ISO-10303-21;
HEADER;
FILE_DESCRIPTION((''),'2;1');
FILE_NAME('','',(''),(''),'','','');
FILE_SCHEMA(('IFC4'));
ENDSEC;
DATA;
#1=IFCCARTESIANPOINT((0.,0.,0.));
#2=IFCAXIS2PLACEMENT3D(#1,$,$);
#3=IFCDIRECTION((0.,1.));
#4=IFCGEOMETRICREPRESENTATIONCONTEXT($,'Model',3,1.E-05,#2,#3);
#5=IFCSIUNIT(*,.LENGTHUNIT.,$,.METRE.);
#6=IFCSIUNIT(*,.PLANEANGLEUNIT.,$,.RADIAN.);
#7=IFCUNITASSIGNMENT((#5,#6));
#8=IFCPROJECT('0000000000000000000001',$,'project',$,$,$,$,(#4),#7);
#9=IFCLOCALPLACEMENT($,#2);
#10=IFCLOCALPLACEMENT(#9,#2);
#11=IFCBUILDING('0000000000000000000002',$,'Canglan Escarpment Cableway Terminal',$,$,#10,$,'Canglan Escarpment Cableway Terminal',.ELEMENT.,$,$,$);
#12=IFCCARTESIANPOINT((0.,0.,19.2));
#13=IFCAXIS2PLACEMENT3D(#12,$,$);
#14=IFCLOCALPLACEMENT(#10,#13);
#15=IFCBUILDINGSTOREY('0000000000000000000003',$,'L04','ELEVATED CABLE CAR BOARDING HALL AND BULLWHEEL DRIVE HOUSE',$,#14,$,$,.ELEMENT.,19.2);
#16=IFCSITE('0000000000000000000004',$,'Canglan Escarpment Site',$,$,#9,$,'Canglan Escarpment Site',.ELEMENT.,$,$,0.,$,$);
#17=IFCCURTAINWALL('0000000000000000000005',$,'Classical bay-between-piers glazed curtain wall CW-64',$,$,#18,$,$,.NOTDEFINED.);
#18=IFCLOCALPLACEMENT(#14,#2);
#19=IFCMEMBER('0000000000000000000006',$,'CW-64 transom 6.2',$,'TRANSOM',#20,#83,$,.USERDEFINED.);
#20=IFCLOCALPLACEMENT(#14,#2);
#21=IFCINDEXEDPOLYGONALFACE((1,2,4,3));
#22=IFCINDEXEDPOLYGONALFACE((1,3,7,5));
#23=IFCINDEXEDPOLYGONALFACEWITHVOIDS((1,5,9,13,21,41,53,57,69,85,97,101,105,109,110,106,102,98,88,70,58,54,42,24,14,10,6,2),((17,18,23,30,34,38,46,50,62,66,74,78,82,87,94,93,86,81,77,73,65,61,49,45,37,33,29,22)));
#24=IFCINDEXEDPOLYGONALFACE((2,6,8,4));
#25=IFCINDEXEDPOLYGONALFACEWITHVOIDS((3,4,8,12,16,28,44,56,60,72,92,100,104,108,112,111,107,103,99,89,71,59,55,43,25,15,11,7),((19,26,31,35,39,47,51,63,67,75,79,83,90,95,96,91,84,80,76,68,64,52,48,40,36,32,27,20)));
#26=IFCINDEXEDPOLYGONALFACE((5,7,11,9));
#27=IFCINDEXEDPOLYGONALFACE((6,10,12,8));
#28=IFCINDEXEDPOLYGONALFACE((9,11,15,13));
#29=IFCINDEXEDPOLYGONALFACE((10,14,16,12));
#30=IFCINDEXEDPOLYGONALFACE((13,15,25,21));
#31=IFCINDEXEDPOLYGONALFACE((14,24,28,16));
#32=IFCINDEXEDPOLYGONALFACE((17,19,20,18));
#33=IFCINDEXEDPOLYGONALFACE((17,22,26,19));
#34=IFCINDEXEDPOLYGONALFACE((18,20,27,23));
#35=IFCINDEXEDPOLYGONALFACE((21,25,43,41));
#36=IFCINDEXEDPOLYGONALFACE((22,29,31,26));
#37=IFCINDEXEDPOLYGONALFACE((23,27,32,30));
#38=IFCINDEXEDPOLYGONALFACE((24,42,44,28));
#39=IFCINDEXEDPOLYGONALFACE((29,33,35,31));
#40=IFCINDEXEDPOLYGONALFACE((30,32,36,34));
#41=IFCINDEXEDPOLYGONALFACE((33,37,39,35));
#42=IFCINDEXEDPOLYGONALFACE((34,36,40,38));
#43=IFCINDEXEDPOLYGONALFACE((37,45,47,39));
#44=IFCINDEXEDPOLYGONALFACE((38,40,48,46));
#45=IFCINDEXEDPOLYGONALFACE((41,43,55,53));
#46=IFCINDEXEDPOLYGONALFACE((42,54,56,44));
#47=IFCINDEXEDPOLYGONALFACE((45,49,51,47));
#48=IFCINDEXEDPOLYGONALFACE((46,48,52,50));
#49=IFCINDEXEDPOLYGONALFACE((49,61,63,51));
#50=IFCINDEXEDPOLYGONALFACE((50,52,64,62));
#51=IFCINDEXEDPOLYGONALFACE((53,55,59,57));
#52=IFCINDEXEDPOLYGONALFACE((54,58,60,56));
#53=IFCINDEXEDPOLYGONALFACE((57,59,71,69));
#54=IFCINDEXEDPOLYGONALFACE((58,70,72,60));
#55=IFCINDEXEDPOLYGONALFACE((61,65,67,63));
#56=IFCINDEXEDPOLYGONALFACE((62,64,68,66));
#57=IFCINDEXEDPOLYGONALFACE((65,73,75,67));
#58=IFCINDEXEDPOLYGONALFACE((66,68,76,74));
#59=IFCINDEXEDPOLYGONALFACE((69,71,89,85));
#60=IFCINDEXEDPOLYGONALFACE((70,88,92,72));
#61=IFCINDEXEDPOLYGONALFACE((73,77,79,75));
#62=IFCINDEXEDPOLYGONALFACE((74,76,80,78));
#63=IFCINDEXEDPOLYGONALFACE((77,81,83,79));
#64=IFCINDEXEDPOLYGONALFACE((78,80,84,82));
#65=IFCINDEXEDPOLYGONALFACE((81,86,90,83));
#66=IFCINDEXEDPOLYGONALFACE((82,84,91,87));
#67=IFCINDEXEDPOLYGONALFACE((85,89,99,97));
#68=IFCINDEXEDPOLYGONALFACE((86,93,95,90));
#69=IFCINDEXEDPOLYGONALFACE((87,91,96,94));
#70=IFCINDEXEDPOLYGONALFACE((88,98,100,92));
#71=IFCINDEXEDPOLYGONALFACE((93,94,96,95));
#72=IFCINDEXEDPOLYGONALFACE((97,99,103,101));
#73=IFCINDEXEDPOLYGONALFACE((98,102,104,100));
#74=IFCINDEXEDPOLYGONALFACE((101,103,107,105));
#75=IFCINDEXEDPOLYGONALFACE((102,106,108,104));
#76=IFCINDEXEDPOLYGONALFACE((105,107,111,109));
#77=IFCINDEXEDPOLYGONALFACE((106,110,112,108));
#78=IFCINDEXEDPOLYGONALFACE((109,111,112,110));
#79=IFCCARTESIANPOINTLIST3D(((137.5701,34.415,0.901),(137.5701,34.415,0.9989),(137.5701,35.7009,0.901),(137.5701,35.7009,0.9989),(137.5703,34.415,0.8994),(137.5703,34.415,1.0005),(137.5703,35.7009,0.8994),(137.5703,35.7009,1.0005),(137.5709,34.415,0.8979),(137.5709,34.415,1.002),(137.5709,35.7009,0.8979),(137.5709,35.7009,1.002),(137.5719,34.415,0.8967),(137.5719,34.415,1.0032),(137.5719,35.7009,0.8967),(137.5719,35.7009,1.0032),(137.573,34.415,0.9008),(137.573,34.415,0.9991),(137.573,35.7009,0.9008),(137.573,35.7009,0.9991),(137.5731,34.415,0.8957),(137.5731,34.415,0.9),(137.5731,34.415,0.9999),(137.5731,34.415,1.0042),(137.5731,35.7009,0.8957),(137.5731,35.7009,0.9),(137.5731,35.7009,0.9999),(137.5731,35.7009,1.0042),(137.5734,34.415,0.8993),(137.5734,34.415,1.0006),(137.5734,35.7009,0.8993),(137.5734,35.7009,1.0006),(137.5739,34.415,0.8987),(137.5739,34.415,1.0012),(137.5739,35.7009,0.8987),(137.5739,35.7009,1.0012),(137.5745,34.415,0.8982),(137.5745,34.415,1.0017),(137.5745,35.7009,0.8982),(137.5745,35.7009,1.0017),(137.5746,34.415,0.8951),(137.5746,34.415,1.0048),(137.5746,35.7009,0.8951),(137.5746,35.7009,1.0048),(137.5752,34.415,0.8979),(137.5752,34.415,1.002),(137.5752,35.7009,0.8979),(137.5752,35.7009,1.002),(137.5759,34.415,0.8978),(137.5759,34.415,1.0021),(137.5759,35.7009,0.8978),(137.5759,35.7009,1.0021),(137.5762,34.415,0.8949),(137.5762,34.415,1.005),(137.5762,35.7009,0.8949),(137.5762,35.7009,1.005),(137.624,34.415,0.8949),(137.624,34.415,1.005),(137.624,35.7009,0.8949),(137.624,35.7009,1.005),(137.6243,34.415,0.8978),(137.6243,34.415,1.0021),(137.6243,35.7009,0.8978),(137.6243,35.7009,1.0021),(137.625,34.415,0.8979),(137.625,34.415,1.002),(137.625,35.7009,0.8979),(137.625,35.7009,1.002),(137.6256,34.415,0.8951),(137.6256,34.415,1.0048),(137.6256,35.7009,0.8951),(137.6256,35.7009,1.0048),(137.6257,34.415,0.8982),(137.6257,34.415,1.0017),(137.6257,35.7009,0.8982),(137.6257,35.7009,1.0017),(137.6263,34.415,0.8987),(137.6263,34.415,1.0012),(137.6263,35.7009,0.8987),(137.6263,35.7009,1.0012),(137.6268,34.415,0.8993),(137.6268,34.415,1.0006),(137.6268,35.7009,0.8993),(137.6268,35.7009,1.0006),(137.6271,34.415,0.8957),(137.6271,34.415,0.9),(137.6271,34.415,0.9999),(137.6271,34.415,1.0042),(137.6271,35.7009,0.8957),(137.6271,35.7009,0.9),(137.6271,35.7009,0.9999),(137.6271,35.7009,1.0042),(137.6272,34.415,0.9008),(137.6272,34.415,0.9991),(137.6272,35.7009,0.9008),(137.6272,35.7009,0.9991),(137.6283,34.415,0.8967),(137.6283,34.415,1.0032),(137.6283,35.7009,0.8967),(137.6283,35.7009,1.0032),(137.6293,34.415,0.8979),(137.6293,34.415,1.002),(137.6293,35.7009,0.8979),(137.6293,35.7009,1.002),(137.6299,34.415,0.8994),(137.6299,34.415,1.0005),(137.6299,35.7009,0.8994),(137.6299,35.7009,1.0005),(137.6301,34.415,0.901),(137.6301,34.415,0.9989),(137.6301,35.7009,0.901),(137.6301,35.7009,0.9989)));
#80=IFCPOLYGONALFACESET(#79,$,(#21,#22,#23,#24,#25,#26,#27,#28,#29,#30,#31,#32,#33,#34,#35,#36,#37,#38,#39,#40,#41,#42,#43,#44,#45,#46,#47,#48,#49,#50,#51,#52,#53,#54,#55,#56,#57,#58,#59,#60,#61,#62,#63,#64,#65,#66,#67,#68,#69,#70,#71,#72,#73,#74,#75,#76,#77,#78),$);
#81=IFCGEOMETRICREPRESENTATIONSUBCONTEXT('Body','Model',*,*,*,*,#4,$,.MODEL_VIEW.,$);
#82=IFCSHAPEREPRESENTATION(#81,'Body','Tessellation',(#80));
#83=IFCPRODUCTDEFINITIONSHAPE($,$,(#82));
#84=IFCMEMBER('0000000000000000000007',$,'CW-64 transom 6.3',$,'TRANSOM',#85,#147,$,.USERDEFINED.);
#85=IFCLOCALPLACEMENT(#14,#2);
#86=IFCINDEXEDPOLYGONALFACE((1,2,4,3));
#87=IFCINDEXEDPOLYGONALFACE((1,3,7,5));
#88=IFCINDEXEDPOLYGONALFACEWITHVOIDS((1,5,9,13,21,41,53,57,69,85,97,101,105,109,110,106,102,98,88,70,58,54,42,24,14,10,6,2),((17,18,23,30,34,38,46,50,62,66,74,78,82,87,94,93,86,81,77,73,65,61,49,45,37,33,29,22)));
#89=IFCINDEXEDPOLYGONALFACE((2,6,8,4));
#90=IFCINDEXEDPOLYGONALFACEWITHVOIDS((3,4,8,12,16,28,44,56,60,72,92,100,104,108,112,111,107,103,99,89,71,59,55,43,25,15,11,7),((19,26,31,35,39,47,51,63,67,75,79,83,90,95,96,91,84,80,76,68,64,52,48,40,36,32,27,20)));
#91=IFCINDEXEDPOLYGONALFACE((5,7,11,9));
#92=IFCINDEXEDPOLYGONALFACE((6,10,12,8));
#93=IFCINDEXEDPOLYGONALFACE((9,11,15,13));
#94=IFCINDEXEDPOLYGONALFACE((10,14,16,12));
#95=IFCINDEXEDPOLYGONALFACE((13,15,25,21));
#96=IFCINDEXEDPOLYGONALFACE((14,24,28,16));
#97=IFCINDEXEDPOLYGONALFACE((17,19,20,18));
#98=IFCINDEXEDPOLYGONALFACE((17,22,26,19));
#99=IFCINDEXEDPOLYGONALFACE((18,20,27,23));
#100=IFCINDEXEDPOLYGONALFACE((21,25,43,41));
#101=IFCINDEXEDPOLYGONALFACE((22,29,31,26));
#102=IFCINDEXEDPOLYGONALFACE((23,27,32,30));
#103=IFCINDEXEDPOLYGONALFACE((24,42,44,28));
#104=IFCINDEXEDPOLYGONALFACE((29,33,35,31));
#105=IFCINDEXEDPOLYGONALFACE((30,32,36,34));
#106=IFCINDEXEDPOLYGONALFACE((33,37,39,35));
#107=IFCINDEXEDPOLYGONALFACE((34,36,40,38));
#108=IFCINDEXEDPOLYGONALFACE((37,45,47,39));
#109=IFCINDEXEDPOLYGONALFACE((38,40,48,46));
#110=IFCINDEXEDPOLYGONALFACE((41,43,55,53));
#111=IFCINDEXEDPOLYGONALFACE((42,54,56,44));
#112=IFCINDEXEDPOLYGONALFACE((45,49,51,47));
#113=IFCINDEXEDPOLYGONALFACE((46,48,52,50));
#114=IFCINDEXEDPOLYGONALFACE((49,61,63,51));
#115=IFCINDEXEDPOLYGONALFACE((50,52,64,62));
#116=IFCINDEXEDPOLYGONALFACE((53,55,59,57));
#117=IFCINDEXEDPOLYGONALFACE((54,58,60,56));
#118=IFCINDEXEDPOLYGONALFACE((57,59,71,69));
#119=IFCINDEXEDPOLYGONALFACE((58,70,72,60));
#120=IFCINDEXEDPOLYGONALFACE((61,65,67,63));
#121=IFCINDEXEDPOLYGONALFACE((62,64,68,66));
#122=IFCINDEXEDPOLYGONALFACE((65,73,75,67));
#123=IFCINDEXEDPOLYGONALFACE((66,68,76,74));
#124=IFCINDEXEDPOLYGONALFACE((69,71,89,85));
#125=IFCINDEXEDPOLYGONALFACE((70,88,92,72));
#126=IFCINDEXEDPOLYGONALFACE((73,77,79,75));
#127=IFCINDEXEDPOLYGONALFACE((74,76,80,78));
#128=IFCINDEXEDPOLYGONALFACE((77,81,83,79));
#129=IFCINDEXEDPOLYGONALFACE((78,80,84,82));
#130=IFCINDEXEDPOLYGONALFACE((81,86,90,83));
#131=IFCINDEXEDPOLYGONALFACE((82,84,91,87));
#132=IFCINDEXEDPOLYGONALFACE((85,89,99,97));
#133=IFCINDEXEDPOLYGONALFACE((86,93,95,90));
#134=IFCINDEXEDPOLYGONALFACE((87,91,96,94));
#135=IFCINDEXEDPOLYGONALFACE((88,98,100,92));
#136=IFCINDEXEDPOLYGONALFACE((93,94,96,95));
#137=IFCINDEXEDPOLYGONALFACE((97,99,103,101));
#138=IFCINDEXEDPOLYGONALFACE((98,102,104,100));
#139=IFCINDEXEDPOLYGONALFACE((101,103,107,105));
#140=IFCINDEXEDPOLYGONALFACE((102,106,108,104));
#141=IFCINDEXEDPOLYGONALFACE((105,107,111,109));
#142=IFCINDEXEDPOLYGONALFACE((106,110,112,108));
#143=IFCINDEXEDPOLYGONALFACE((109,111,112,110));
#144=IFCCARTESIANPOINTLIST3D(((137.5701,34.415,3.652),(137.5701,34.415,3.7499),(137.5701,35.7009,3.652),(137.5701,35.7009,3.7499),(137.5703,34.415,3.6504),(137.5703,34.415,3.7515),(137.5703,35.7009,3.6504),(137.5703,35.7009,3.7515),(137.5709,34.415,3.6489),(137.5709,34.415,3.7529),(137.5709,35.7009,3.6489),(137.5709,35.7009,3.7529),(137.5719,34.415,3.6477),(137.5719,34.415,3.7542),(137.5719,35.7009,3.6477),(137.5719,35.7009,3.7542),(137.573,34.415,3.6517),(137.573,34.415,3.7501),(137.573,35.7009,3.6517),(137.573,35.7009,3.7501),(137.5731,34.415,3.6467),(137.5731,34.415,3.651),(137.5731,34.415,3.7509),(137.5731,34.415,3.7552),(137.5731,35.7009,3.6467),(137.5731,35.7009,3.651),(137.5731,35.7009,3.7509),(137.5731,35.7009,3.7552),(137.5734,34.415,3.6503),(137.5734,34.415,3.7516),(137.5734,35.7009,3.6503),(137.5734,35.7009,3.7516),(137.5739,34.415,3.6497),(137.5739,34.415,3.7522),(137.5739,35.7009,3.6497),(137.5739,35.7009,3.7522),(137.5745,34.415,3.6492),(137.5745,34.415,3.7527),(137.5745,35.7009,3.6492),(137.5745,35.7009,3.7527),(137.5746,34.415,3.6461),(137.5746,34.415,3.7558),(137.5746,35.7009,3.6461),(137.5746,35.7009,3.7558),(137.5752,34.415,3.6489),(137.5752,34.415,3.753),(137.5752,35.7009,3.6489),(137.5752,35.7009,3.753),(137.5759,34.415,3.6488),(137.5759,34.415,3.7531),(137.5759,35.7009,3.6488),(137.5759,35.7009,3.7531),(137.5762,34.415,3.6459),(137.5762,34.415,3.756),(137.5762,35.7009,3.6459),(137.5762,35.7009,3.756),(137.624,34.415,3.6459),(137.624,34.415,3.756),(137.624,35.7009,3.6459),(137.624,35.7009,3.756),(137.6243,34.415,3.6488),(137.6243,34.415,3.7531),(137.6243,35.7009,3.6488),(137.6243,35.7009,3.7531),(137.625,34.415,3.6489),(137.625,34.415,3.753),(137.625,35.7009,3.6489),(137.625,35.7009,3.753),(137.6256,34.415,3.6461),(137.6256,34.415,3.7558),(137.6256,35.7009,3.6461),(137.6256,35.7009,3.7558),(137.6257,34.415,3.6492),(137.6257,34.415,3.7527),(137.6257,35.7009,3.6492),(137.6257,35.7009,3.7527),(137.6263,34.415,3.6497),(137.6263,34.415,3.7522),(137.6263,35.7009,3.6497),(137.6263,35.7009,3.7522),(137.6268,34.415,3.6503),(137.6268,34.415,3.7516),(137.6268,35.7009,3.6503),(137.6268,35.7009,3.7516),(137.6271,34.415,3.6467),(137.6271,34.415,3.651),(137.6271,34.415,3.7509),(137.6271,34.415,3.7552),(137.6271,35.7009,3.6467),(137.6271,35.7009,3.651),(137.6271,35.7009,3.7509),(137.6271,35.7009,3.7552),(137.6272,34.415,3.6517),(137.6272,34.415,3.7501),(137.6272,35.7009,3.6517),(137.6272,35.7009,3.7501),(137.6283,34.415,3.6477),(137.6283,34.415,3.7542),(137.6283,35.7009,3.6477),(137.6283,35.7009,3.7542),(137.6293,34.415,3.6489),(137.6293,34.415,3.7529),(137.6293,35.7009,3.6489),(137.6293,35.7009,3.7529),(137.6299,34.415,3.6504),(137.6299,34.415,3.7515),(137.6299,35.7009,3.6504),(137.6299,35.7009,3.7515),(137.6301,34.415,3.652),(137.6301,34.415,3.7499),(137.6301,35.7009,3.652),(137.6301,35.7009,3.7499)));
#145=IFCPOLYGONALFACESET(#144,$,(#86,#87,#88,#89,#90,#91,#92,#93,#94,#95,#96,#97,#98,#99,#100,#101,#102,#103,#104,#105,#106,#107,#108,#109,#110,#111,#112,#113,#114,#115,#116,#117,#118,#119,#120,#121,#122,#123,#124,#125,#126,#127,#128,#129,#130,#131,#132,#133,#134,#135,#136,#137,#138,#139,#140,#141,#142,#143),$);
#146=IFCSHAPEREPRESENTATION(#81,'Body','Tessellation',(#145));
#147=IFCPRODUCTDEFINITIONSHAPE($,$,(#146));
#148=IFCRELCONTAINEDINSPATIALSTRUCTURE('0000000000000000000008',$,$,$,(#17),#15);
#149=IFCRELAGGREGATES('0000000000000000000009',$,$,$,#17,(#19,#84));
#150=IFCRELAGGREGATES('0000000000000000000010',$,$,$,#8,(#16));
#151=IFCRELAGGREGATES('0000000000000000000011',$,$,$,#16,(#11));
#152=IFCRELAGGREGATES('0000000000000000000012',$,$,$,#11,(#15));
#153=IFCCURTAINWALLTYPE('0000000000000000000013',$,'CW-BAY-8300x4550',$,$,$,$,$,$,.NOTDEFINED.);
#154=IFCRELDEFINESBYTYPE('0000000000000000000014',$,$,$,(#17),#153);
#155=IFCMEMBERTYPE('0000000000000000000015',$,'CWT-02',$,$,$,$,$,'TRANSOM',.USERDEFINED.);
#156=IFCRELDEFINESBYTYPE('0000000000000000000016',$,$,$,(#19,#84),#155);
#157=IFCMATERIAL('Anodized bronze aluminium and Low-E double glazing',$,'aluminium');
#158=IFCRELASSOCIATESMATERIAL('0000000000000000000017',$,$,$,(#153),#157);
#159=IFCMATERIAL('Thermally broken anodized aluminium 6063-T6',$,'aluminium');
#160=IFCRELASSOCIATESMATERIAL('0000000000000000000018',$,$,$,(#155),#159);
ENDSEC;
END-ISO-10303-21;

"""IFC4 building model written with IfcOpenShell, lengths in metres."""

from ifc_helpers import new_model, si_unit, direction, frame, origin, origin_2d, place, context, subcontext, project, spatial, hollow_rectangle, extrude, material, material_profile, profile_set, type_object, element, aggregate, save


model = new_model("IFC4")

# Units and contexts
model_context = context("Model", 3, precision=1e-05, world=origin(), true_north=direction((0.0, 1.0)))
body_context = subcontext(model_context, "Body", "Model", "MODEL_VIEW")
ifc_project = project(units=[si_unit("LENGTHUNIT", "METRE"), si_unit("PLANEANGLEUNIT", "RADIAN")], contexts=[model_context])

# Site, building, storey
site_placement = place(None, origin())
site = spatial("IfcSite", under=ifc_project, at=site_placement, Name="Canglan Escarpment Site", LongName="Canglan Escarpment Site", CompositionType="ELEMENT", RefElevation=0.0)
building_placement = place(site_placement, origin())
building = spatial("IfcBuilding", under=site, at=building_placement, Name="Canglan Escarpment Cableway Terminal", LongName="Canglan Escarpment Cableway Terminal", CompositionType="ELEMENT")
storey_placement = place(building_placement, frame((0.0, 0.0, 19.2)))
storey = spatial("IfcBuildingStorey", under=building, at=storey_placement, Name="L04", Description="ELEVATED CABLE CAR BOARDING HALL AND BULLWHEEL DRIVE HOUSE", CompositionType="ELEMENT", Elevation=19.2)

# Shared definitions
ifc_material_1 = material(Name="Anodized bronze aluminium and Low-E double glazing", Category="aluminium")
ifc_material_2 = material(Name="Thermally broken anodized aluminium 6063-T6", Category="aluminium")

# Curtain wall
curtain_wall_type_1 = type_object("IfcCurtainWallType", Name="CW-BAY-8300x4550", PredefinedType="NOTDEFINED", material=ifc_material_1)
curtain_wall_1_placement = place(storey_placement, origin())
curtain_wall_1 = element("IfcCurtainWall", 1, at=curtain_wall_1_placement, inside=storey, type_object=curtain_wall_type_1, Name="Classical bay-between-piers glazed curtain wall CW-64", PredefinedType="NOTDEFINED")

# Members
ifc_material_profile_1 = material_profile(ifc_material_2, hollow_rectangle(XDim=0.0601, YDim=0.1101, WallThickness=0.0029, InnerFilletRadius=0.0029, OuterFilletRadius=0.0061, at=origin_2d()), Name="ALU-TRAN 60x110x3")
ifc_profile_set_1 = profile_set([ifc_material_profile_1], Name="Thermally broken anodized aluminium 6063-T6")
member_type_1 = type_object("IfcMemberType", Name="CWT-02", ElementType="TRANSOM", PredefinedType="USERDEFINED", material=ifc_profile_set_1)
member_1_placement = place(storey_placement, frame((137.6001, 35.7009, 0.95), z_axis=(0.0, -1.0, 0.0), x_axis=(1.0, 0.0, 0.0)))
member_1 = element("IfcMember", 2, at=member_1_placement, type_object=member_type_1, Name="CW-64 transom 6.2", ObjectType="TRANSOM", PredefinedType="USERDEFINED", context=body_context, shape_type="SweptSolid", body=[
    extrude(hollow_rectangle(XDim=0.0601, YDim=0.1101, WallThickness=0.0029, InnerFilletRadius=0.0029, OuterFilletRadius=0.0061, at=origin_2d()), origin(), (0.0, 0.0, 1.0), 1.2859),
])
member_2_placement = place(storey_placement, frame((137.6001, 35.7009, 3.7009), z_axis=(0.0, -1.0, 0.0), x_axis=(1.0, 0.0, 0.0)))
member_2 = element("IfcMember", 3, at=member_2_placement, type_object=member_type_1, Name="CW-64 transom 6.3", ObjectType="TRANSOM", PredefinedType="USERDEFINED", context=body_context, shape_type="SweptSolid", body=[
    extrude(hollow_rectangle(XDim=0.0601, YDim=0.1101, WallThickness=0.0029, InnerFilletRadius=0.0029, OuterFilletRadius=0.0061, at=origin_2d()), origin(), (0.0, 0.0, 1.0), 1.2859),
])

aggregate(curtain_wall_1, [member_1, member_2])

save(model, "model.ifc")
